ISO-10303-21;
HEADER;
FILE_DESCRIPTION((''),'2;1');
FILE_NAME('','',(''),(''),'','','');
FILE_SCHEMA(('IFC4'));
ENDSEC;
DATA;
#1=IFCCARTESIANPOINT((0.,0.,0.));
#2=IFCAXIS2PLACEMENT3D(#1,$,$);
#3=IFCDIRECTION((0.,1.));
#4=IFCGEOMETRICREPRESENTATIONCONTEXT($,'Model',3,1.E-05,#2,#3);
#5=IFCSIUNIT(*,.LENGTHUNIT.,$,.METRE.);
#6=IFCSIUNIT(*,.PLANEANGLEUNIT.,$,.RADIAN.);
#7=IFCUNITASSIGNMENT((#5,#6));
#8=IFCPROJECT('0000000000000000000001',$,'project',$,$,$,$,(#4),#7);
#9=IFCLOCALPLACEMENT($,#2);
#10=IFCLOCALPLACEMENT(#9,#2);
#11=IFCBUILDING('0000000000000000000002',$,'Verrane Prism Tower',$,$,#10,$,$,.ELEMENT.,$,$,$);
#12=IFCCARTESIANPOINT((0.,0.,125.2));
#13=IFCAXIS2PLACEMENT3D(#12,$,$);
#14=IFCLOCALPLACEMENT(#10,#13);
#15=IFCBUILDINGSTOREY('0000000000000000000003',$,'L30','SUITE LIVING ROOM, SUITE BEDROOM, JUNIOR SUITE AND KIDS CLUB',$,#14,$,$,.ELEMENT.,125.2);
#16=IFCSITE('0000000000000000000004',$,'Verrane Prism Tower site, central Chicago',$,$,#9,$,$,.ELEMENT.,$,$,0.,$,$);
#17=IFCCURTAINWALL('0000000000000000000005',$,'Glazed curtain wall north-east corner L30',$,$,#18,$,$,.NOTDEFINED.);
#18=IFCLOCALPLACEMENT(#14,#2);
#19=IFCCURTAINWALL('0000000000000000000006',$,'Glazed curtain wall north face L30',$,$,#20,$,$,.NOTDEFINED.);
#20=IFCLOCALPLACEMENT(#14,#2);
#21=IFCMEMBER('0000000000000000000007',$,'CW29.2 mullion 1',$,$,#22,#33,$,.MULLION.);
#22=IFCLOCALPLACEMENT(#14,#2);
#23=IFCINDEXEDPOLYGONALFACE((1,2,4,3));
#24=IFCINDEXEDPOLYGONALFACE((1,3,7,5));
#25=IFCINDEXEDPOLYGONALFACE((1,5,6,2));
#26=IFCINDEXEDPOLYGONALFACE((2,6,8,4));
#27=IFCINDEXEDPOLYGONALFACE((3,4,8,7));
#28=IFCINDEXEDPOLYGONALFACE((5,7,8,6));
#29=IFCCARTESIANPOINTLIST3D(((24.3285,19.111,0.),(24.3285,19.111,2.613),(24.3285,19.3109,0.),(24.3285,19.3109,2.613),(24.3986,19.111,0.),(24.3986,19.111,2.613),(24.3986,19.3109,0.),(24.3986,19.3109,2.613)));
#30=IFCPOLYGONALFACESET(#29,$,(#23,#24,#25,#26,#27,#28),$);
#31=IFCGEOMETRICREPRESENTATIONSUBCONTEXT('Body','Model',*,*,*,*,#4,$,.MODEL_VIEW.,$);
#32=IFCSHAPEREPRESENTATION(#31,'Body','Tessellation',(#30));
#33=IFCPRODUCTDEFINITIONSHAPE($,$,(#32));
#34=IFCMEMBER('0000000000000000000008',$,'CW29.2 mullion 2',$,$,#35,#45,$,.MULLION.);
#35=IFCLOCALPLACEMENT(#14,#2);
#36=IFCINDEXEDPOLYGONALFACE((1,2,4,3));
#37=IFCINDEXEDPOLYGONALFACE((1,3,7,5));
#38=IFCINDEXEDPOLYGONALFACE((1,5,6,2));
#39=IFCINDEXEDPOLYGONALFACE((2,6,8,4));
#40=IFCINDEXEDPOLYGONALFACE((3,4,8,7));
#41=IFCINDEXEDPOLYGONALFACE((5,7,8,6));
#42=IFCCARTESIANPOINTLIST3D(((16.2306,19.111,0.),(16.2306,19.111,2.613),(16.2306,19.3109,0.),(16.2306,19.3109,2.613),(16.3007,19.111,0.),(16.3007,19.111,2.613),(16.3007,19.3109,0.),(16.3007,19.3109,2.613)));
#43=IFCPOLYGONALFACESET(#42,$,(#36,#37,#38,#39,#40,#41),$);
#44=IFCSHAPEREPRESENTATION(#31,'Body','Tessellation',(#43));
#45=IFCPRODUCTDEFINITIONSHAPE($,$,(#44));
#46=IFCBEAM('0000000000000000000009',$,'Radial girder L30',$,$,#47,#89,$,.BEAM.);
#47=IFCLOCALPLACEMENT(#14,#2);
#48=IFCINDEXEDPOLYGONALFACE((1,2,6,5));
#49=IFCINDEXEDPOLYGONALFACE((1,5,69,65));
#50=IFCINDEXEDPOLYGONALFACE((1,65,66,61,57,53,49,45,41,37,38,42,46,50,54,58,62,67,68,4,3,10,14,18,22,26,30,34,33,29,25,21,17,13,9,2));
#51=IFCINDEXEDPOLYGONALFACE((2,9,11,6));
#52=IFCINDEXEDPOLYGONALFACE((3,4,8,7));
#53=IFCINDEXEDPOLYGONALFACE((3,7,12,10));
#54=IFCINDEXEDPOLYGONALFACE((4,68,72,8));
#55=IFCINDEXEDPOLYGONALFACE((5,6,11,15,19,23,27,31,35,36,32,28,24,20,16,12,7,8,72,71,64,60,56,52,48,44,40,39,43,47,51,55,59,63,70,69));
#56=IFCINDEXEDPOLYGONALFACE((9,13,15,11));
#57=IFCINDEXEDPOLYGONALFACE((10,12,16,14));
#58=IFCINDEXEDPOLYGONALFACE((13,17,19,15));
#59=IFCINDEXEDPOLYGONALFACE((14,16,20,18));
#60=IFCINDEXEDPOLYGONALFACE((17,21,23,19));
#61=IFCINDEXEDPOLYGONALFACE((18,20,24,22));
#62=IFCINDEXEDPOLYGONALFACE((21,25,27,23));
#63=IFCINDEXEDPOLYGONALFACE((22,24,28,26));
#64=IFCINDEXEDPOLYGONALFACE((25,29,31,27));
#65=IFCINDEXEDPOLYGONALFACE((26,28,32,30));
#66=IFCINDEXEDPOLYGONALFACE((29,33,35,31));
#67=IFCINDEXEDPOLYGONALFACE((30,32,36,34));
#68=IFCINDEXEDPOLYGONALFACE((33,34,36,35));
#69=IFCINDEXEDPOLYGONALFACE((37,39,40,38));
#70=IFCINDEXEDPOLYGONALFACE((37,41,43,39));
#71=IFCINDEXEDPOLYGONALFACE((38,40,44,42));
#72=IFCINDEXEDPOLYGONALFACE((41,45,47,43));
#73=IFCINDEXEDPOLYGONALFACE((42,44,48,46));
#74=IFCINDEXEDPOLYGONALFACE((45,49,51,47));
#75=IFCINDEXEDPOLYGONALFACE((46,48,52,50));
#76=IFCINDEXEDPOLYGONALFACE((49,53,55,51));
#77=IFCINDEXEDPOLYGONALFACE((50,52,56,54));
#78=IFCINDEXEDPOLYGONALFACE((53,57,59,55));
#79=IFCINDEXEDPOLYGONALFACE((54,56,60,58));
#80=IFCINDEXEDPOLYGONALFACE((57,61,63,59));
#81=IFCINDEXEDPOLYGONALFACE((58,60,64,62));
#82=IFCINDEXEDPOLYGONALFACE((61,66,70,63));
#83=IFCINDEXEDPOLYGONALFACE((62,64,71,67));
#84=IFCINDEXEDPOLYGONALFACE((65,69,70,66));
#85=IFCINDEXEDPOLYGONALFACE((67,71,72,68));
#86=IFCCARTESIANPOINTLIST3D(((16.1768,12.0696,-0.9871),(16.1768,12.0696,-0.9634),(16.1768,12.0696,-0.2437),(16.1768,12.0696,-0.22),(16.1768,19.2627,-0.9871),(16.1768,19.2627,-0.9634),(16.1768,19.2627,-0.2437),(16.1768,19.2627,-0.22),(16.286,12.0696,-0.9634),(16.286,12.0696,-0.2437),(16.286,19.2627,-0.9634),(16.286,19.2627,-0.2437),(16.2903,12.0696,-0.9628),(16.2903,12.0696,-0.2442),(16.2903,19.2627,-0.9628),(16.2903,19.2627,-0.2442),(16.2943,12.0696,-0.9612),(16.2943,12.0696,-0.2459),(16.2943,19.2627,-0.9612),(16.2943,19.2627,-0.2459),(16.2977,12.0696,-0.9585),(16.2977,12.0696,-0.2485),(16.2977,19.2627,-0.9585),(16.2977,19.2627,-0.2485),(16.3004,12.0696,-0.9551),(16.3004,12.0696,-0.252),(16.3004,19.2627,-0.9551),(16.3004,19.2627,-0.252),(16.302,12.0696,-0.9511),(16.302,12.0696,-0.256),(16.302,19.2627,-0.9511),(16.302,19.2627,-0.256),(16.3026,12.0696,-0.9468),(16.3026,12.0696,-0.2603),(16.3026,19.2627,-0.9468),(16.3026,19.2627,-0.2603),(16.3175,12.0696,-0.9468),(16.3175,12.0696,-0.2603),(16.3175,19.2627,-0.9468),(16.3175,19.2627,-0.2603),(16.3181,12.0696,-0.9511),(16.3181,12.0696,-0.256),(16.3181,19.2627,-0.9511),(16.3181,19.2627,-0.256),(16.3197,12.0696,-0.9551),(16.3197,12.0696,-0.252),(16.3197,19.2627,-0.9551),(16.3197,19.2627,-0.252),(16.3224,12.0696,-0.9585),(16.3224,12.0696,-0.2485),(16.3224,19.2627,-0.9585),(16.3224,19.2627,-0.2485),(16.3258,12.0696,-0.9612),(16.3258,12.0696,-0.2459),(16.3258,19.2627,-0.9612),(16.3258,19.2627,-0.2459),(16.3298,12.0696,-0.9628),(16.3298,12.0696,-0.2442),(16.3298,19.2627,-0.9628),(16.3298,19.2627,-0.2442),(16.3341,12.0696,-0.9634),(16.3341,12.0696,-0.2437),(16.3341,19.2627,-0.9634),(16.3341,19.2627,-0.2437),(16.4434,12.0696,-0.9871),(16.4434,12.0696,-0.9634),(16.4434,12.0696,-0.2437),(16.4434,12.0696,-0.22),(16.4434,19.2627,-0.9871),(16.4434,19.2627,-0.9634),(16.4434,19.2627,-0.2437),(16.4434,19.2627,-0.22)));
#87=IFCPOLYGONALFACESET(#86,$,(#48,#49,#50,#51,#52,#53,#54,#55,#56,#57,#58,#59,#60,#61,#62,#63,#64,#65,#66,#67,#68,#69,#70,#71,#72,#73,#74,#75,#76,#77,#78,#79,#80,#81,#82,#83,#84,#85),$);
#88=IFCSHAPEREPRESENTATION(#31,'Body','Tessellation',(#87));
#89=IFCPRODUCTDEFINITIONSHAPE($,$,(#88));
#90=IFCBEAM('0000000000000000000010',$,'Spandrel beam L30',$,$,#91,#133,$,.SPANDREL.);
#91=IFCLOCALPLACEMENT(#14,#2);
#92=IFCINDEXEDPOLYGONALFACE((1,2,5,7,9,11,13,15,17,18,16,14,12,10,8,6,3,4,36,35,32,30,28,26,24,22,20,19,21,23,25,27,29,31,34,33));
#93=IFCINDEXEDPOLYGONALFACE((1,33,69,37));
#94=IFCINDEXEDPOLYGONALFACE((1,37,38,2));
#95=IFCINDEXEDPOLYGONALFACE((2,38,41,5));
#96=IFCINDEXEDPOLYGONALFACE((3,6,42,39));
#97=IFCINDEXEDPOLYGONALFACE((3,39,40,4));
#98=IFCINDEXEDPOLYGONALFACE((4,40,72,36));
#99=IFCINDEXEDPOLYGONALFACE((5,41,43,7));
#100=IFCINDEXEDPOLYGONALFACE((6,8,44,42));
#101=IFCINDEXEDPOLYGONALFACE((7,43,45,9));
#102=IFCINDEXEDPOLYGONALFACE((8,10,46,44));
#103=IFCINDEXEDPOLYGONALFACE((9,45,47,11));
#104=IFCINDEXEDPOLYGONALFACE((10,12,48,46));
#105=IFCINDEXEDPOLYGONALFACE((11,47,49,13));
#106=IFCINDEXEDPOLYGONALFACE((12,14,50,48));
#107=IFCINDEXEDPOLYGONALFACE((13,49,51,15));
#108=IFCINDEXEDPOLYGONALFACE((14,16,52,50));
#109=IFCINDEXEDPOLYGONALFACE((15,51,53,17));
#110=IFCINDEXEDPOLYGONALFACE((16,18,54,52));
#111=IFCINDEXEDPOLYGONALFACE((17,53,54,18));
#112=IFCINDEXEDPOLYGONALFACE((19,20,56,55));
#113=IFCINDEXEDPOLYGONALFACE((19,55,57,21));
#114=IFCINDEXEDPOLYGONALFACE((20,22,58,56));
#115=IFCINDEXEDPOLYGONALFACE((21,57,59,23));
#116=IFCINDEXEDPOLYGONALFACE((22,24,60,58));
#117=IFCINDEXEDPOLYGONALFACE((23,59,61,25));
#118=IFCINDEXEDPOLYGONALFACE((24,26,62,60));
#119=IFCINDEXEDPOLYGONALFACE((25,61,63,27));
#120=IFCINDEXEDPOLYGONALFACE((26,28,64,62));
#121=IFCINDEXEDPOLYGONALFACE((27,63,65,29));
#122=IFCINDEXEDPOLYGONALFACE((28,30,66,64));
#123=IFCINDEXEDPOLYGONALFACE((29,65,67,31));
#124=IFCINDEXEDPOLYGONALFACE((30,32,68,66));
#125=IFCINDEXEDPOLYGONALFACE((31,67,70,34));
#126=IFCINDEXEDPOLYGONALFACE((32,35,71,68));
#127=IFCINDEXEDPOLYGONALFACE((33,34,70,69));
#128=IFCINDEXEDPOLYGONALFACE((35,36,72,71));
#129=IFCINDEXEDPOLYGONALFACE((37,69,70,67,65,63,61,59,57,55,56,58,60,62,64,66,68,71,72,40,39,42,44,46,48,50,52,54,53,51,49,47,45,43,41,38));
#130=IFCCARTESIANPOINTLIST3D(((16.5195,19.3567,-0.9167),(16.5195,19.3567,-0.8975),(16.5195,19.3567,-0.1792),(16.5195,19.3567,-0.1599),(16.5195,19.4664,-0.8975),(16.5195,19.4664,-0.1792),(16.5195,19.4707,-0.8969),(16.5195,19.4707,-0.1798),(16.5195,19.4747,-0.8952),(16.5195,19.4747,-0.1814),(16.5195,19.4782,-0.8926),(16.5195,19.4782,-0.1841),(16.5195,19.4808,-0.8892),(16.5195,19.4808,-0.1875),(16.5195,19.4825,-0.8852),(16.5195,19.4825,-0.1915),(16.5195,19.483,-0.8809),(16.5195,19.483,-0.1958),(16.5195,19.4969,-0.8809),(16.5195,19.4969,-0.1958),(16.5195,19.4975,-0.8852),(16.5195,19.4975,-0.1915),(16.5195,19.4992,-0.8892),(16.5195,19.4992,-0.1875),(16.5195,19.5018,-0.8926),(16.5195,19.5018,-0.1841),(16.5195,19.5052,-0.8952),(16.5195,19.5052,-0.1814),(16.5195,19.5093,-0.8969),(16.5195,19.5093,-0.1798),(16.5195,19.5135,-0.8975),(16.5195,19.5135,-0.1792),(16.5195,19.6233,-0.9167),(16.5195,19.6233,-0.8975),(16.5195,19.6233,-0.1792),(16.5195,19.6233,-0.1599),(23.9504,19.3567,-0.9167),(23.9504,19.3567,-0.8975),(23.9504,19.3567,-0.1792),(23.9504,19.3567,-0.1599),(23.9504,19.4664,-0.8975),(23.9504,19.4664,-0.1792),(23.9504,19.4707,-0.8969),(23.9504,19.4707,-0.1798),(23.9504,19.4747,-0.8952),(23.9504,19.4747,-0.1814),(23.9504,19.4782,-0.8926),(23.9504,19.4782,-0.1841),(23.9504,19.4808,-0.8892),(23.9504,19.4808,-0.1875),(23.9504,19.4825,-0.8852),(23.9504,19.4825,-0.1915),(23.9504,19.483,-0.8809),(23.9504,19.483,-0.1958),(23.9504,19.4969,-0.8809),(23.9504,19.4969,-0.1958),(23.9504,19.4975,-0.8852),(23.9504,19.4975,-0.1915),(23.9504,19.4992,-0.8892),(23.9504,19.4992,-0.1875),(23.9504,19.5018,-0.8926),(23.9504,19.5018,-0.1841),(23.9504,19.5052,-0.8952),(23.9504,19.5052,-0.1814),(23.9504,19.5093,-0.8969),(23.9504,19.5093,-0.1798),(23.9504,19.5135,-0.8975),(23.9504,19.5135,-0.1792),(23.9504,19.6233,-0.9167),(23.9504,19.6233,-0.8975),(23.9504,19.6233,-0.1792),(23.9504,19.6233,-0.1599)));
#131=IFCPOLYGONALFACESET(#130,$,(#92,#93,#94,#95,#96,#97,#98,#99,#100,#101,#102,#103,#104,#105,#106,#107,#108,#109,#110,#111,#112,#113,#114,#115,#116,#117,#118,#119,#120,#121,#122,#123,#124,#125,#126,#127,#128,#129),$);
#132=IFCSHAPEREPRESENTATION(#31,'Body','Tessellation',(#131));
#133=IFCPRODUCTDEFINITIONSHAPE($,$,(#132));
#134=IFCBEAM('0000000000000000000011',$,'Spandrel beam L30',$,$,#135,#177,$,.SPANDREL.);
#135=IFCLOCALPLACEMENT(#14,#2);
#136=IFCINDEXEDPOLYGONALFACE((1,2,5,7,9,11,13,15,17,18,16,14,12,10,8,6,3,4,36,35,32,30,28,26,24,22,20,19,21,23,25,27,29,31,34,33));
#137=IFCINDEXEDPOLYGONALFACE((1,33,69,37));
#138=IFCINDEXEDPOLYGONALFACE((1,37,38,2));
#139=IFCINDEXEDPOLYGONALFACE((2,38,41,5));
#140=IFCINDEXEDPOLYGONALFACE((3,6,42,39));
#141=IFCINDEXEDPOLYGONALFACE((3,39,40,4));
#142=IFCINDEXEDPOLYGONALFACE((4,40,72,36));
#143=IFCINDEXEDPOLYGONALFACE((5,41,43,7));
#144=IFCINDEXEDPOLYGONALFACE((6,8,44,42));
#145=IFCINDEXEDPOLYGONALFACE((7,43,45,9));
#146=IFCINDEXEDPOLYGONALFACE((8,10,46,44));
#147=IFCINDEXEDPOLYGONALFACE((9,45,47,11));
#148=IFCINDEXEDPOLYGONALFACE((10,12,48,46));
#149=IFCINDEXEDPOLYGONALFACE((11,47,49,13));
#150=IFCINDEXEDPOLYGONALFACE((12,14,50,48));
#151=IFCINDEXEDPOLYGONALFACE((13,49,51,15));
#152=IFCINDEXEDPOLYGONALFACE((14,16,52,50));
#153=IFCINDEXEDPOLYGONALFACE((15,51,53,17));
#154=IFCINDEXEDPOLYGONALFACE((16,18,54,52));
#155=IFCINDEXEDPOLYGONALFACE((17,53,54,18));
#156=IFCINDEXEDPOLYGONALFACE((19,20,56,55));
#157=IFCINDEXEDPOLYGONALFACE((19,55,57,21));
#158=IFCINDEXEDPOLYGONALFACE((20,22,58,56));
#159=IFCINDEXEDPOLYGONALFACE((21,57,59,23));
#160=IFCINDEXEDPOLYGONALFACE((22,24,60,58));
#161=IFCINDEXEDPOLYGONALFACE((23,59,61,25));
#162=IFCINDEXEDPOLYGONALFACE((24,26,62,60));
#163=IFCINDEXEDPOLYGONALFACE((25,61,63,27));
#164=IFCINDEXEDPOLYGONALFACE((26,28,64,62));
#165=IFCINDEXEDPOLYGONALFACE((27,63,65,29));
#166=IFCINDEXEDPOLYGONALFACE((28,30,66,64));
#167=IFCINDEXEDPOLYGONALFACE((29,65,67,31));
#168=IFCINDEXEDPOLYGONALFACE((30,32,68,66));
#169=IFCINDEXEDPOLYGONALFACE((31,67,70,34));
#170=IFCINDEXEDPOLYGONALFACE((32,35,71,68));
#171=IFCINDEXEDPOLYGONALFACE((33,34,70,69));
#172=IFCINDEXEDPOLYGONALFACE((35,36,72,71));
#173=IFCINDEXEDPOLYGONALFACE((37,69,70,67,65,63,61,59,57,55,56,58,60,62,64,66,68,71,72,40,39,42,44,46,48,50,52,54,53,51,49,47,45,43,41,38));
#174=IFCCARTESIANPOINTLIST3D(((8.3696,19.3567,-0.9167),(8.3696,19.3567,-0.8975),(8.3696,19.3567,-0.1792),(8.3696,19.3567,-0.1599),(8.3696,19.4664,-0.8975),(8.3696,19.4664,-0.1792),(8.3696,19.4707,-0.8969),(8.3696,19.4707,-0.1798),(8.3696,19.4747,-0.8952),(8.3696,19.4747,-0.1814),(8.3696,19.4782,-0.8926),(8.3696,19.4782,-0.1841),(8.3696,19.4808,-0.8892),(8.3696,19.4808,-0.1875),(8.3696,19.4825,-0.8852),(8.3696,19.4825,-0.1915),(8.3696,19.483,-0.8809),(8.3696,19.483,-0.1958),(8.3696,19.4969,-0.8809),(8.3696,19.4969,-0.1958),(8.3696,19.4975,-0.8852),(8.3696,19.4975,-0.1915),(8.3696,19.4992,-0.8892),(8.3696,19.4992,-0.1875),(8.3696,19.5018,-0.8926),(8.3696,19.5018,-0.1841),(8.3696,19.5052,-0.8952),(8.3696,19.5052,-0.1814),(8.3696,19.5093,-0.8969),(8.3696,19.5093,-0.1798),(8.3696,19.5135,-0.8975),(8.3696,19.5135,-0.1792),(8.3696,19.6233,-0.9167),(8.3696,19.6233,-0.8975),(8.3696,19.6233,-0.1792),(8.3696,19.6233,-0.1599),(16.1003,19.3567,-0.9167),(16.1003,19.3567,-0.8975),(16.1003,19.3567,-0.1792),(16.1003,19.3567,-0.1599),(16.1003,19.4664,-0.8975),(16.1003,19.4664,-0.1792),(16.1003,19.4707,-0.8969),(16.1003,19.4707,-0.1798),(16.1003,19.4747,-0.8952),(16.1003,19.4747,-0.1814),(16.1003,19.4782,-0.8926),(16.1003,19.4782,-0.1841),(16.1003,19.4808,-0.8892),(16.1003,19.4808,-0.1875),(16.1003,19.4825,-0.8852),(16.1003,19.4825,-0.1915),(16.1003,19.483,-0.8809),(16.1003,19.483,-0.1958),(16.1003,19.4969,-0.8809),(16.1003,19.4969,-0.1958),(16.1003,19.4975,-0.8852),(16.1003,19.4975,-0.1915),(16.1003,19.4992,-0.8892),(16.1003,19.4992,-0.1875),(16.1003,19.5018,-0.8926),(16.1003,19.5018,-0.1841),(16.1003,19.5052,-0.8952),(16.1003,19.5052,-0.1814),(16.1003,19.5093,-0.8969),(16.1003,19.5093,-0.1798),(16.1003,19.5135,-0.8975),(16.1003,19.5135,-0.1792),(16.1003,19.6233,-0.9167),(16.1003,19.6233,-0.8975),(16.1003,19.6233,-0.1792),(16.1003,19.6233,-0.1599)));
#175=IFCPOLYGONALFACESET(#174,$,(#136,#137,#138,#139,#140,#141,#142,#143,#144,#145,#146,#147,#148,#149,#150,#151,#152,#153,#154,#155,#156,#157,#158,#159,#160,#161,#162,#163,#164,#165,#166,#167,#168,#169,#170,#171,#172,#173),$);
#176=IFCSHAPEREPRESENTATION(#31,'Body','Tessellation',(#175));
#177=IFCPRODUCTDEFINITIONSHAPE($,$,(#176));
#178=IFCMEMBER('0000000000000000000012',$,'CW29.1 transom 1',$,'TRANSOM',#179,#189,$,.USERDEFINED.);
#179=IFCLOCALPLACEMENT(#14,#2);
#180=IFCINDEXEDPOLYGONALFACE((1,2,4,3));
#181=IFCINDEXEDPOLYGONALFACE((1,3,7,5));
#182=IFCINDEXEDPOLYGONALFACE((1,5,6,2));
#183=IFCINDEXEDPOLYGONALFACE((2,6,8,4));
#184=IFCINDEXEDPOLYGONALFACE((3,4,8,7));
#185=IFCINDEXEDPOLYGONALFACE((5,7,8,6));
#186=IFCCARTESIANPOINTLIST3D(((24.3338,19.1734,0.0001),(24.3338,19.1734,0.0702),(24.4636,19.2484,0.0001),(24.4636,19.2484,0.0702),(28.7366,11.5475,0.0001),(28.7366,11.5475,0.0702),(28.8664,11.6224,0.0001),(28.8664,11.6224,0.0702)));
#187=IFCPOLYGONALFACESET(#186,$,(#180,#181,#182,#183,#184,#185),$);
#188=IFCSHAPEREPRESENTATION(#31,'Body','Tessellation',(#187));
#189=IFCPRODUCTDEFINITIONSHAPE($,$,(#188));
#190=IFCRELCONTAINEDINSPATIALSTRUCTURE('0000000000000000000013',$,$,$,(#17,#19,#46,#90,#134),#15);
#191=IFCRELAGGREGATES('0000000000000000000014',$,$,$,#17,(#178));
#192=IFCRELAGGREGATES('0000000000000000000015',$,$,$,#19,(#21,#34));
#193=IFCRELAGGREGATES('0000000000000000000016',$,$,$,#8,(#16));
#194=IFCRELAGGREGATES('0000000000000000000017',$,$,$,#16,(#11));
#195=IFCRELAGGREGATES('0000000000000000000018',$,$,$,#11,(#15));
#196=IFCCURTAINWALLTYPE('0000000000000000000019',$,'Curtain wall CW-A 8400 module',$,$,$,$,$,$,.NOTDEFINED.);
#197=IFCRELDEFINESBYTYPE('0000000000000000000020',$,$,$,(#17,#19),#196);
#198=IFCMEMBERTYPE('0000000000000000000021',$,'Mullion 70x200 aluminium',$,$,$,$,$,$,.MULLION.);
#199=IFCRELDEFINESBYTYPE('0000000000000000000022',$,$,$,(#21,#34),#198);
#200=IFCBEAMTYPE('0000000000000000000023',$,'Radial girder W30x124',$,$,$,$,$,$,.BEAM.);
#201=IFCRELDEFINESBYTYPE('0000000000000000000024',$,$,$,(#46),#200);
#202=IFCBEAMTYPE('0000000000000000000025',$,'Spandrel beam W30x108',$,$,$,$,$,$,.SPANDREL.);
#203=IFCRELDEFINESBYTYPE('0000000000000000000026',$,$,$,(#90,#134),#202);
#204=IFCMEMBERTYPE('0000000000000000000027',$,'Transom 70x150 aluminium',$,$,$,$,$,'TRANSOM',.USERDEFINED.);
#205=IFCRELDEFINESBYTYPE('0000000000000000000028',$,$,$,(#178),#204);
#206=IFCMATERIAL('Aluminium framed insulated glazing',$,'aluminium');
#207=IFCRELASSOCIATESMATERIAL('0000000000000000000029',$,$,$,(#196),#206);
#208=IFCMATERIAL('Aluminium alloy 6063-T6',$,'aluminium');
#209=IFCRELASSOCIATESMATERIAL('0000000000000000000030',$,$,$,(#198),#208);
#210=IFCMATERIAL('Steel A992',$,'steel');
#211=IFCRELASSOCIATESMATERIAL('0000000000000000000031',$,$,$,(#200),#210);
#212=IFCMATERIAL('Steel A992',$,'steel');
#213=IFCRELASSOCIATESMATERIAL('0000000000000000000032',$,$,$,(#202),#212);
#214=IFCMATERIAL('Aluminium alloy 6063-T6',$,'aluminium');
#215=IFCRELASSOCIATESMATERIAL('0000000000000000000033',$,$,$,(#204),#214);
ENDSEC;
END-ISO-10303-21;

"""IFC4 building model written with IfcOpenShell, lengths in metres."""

from ifc_helpers import new_model, si_unit, direction, frame, origin, origin_2d, place, context, subcontext, project, spatial, rectangle, i_section, extrude, material, material_profile, profile_set, type_object, element, aggregate, save


model = new_model("IFC4")

# Units and contexts
model_context = context("Model", 3, precision=1e-05, world=origin(), true_north=direction((0.0, 1.0)))
body_context = subcontext(model_context, "Body", "Model", "MODEL_VIEW")
ifc_project = project(units=[si_unit("LENGTHUNIT", "METRE"), si_unit("PLANEANGLEUNIT", "RADIAN")], contexts=[model_context])

# Site, building, storey
site_placement = place(None, origin())
site = spatial("IfcSite", under=ifc_project, at=site_placement, Name="Verrane Prism Tower site, central Chicago", CompositionType="ELEMENT", RefElevation=0.0)
building_placement = place(site_placement, origin())
building = spatial("IfcBuilding", under=site, at=building_placement, Name="Verrane Prism Tower", CompositionType="ELEMENT")
storey_placement = place(building_placement, frame((0.0, 0.0, 125.2)))
storey = spatial("IfcBuildingStorey", under=building, at=storey_placement, Name="L30", Description="SUITE LIVING ROOM, SUITE BEDROOM, JUNIOR SUITE AND KIDS CLUB", CompositionType="ELEMENT", Elevation=125.2)

# Curtain wall
ifc_material_1 = material(Name="Aluminium framed insulated glazing", Category="aluminium")
curtain_wall_type = type_object("IfcCurtainWallType", Name="Curtain wall CW-A 8400 module", PredefinedType="NOTDEFINED", material=ifc_material_1)
curtain_wall_1_placement = place(storey_placement, origin())
curtain_wall_1 = element("IfcCurtainWall", 1, at=curtain_wall_1_placement, inside=storey, type_object=curtain_wall_type, Name="Glazed curtain wall north-east corner L30", PredefinedType="NOTDEFINED")
ifc_material_2 = material(Name="Aluminium alloy 6063-T6", Category="aluminium")
ifc_material_profile_1 = material_profile(ifc_material_2, rectangle(XDim=0.2, YDim=0.0701, at=origin_2d()), Name="Mullion 70x200 aluminium")
ifc_profile_set_1 = profile_set([ifc_material_profile_1], Name="Aluminium alloy 6063-T6")
member_type_1 = type_object("IfcMemberType", Name="Mullion 70x200 aluminium", PredefinedType="MULLION", material=ifc_profile_set_1)

# Curtain wall, members
curtain_wall_2_placement = place(storey_placement, origin())
curtain_wall_2 = element("IfcCurtainWall", 2, at=curtain_wall_2_placement, inside=storey, type_object=curtain_wall_type, Name="Glazed curtain wall north face L30", PredefinedType="NOTDEFINED")
member_1_placement = place(storey_placement, frame((24.3635, 19.2109, 0.0), z_axis=(0.0, 0.0, 1.0), x_axis=(0.0, -1.0, 0.0)))
member_1 = element("IfcMember", 3, at=member_1_placement, type_object=member_type_1, Name="CW29.2 mullion 1", PredefinedType="MULLION", context=body_context, shape_type="SweptSolid", body=[
    extrude(rectangle(XDim=0.2, YDim=0.0701, at=origin_2d()), origin(), (0.0, 0.0, 1.0), 2.613),
])
member_2_placement = place(storey_placement, frame((16.2656, 19.2109, 0.0), z_axis=(0.0, 0.0, 1.0), x_axis=(0.0, -1.0, 0.0)))
member_2 = element("IfcMember", 4, at=member_2_placement, type_object=member_type_1, Name="CW29.2 mullion 2", PredefinedType="MULLION", context=body_context, shape_type="SweptSolid", body=[
    extrude(rectangle(XDim=0.2, YDim=0.0701, at=origin_2d()), origin(), (0.0, 0.0, 1.0), 2.613),
])

# Beams
ifc_material_3 = material(Name="Steel A992", Category="steel")
ifc_material_profile_2 = material_profile(ifc_material_3, i_section(OverallWidth=0.2666, OverallDepth=0.7671, WebThickness=0.0149, FlangeThickness=0.0237, FilletRadius=0.0166, at=origin_2d()), Name="W30x124")
ifc_profile_set_2 = profile_set([ifc_material_profile_2], Name="Steel A992")
beam_type_1 = type_object("IfcBeamType", Name="Radial girder W30x124", PredefinedType="BEAM", material=ifc_profile_set_2)
beam_1_placement = place(storey_placement, frame((16.3101, 19.2627, -0.6035), z_axis=(0.0, -1.0, 0.0), x_axis=(1.0, 0.0, 0.0)))
element("IfcBeam", 5, at=beam_1_placement, inside=storey, type_object=beam_type_1, Name="Radial girder L30", PredefinedType="BEAM", context=body_context, shape_type="SweptSolid", body=[
    extrude(i_section(OverallWidth=0.2666, OverallDepth=0.7671, WebThickness=0.0149, FlangeThickness=0.0237, FilletRadius=0.0166, at=origin_2d()), origin(), (0.0, 0.0, 1.0), 7.1931),
])
ifc_material_4 = material(Name="Steel A992", Category="steel")
ifc_material_profile_3 = material_profile(ifc_material_4, i_section(OverallWidth=0.2666, OverallDepth=0.7568, WebThickness=0.0139, FlangeThickness=0.0193, FilletRadius=0.0166, at=origin_2d()), Name="W30x108")
ifc_profile_set_3 = profile_set([ifc_material_profile_3], Name="Steel A992")
beam_type_2 = type_object("IfcBeamType", Name="Spandrel beam W30x108", PredefinedType="SPANDREL", material=ifc_profile_set_3)
beam_2_placement = place(storey_placement, frame((23.9504, 19.49, -0.5383), z_axis=(-1.0, 0.0, 0.0), x_axis=(0.0, -1.0, 0.0)))
element("IfcBeam", 6, at=beam_2_placement, inside=storey, type_object=beam_type_2, Name="Spandrel beam L30", PredefinedType="SPANDREL", context=body_context, shape_type="SweptSolid", body=[
    extrude(i_section(OverallWidth=0.2666, OverallDepth=0.7568, WebThickness=0.0139, FlangeThickness=0.0193, FilletRadius=0.0166, at=origin_2d()), origin(), (0.0, 0.0, 1.0), 7.4309),
])
beam_3_placement = place(storey_placement, frame((16.1003, 19.49, -0.5383), z_axis=(-1.0, 0.0, 0.0), x_axis=(0.0, -1.0, 0.0)))
element("IfcBeam", 7, at=beam_3_placement, inside=storey, type_object=beam_type_2, Name="Spandrel beam L30", PredefinedType="SPANDREL", context=body_context, shape_type="SweptSolid", body=[
    extrude(i_section(OverallWidth=0.2666, OverallDepth=0.7568, WebThickness=0.0139, FlangeThickness=0.0193, FilletRadius=0.0166, at=origin_2d()), origin(), (0.0, 0.0, 1.0), 7.7307),
])

# Member
ifc_material_5 = material(Name="Aluminium alloy 6063-T6", Category="aluminium")
ifc_material_profile_4 = material_profile(ifc_material_5, rectangle(XDim=0.1499, YDim=0.0701, at=origin_2d()), Name="Transom 70x150 aluminium")
ifc_profile_set_4 = profile_set([ifc_material_profile_4], Name="Aluminium alloy 6063-T6")
member_type_2 = type_object("IfcMemberType", Name="Transom 70x150 aluminium", ElementType="TRANSOM", PredefinedType="USERDEFINED", material=ifc_profile_set_4)
member_3_placement = place(storey_placement, frame((28.8015, 11.585, 0.0352), z_axis=(-0.499998, 0.866027, 0.0), x_axis=(-0.866027, -0.499998, 0.0)))
member_3 = element("IfcMember", 8, at=member_3_placement, type_object=member_type_2, Name="CW29.1 transom 1", ObjectType="TRANSOM", PredefinedType="USERDEFINED", context=body_context, shape_type="SweptSolid", body=[
    extrude(rectangle(XDim=0.1499, YDim=0.0701, at=origin_2d()), origin(), (0.0, 0.0, 1.0), 8.8057),
])

aggregate(curtain_wall_1, [member_3])
aggregate(curtain_wall_2, [member_1, member_2])

save(model, "model.ifc")
